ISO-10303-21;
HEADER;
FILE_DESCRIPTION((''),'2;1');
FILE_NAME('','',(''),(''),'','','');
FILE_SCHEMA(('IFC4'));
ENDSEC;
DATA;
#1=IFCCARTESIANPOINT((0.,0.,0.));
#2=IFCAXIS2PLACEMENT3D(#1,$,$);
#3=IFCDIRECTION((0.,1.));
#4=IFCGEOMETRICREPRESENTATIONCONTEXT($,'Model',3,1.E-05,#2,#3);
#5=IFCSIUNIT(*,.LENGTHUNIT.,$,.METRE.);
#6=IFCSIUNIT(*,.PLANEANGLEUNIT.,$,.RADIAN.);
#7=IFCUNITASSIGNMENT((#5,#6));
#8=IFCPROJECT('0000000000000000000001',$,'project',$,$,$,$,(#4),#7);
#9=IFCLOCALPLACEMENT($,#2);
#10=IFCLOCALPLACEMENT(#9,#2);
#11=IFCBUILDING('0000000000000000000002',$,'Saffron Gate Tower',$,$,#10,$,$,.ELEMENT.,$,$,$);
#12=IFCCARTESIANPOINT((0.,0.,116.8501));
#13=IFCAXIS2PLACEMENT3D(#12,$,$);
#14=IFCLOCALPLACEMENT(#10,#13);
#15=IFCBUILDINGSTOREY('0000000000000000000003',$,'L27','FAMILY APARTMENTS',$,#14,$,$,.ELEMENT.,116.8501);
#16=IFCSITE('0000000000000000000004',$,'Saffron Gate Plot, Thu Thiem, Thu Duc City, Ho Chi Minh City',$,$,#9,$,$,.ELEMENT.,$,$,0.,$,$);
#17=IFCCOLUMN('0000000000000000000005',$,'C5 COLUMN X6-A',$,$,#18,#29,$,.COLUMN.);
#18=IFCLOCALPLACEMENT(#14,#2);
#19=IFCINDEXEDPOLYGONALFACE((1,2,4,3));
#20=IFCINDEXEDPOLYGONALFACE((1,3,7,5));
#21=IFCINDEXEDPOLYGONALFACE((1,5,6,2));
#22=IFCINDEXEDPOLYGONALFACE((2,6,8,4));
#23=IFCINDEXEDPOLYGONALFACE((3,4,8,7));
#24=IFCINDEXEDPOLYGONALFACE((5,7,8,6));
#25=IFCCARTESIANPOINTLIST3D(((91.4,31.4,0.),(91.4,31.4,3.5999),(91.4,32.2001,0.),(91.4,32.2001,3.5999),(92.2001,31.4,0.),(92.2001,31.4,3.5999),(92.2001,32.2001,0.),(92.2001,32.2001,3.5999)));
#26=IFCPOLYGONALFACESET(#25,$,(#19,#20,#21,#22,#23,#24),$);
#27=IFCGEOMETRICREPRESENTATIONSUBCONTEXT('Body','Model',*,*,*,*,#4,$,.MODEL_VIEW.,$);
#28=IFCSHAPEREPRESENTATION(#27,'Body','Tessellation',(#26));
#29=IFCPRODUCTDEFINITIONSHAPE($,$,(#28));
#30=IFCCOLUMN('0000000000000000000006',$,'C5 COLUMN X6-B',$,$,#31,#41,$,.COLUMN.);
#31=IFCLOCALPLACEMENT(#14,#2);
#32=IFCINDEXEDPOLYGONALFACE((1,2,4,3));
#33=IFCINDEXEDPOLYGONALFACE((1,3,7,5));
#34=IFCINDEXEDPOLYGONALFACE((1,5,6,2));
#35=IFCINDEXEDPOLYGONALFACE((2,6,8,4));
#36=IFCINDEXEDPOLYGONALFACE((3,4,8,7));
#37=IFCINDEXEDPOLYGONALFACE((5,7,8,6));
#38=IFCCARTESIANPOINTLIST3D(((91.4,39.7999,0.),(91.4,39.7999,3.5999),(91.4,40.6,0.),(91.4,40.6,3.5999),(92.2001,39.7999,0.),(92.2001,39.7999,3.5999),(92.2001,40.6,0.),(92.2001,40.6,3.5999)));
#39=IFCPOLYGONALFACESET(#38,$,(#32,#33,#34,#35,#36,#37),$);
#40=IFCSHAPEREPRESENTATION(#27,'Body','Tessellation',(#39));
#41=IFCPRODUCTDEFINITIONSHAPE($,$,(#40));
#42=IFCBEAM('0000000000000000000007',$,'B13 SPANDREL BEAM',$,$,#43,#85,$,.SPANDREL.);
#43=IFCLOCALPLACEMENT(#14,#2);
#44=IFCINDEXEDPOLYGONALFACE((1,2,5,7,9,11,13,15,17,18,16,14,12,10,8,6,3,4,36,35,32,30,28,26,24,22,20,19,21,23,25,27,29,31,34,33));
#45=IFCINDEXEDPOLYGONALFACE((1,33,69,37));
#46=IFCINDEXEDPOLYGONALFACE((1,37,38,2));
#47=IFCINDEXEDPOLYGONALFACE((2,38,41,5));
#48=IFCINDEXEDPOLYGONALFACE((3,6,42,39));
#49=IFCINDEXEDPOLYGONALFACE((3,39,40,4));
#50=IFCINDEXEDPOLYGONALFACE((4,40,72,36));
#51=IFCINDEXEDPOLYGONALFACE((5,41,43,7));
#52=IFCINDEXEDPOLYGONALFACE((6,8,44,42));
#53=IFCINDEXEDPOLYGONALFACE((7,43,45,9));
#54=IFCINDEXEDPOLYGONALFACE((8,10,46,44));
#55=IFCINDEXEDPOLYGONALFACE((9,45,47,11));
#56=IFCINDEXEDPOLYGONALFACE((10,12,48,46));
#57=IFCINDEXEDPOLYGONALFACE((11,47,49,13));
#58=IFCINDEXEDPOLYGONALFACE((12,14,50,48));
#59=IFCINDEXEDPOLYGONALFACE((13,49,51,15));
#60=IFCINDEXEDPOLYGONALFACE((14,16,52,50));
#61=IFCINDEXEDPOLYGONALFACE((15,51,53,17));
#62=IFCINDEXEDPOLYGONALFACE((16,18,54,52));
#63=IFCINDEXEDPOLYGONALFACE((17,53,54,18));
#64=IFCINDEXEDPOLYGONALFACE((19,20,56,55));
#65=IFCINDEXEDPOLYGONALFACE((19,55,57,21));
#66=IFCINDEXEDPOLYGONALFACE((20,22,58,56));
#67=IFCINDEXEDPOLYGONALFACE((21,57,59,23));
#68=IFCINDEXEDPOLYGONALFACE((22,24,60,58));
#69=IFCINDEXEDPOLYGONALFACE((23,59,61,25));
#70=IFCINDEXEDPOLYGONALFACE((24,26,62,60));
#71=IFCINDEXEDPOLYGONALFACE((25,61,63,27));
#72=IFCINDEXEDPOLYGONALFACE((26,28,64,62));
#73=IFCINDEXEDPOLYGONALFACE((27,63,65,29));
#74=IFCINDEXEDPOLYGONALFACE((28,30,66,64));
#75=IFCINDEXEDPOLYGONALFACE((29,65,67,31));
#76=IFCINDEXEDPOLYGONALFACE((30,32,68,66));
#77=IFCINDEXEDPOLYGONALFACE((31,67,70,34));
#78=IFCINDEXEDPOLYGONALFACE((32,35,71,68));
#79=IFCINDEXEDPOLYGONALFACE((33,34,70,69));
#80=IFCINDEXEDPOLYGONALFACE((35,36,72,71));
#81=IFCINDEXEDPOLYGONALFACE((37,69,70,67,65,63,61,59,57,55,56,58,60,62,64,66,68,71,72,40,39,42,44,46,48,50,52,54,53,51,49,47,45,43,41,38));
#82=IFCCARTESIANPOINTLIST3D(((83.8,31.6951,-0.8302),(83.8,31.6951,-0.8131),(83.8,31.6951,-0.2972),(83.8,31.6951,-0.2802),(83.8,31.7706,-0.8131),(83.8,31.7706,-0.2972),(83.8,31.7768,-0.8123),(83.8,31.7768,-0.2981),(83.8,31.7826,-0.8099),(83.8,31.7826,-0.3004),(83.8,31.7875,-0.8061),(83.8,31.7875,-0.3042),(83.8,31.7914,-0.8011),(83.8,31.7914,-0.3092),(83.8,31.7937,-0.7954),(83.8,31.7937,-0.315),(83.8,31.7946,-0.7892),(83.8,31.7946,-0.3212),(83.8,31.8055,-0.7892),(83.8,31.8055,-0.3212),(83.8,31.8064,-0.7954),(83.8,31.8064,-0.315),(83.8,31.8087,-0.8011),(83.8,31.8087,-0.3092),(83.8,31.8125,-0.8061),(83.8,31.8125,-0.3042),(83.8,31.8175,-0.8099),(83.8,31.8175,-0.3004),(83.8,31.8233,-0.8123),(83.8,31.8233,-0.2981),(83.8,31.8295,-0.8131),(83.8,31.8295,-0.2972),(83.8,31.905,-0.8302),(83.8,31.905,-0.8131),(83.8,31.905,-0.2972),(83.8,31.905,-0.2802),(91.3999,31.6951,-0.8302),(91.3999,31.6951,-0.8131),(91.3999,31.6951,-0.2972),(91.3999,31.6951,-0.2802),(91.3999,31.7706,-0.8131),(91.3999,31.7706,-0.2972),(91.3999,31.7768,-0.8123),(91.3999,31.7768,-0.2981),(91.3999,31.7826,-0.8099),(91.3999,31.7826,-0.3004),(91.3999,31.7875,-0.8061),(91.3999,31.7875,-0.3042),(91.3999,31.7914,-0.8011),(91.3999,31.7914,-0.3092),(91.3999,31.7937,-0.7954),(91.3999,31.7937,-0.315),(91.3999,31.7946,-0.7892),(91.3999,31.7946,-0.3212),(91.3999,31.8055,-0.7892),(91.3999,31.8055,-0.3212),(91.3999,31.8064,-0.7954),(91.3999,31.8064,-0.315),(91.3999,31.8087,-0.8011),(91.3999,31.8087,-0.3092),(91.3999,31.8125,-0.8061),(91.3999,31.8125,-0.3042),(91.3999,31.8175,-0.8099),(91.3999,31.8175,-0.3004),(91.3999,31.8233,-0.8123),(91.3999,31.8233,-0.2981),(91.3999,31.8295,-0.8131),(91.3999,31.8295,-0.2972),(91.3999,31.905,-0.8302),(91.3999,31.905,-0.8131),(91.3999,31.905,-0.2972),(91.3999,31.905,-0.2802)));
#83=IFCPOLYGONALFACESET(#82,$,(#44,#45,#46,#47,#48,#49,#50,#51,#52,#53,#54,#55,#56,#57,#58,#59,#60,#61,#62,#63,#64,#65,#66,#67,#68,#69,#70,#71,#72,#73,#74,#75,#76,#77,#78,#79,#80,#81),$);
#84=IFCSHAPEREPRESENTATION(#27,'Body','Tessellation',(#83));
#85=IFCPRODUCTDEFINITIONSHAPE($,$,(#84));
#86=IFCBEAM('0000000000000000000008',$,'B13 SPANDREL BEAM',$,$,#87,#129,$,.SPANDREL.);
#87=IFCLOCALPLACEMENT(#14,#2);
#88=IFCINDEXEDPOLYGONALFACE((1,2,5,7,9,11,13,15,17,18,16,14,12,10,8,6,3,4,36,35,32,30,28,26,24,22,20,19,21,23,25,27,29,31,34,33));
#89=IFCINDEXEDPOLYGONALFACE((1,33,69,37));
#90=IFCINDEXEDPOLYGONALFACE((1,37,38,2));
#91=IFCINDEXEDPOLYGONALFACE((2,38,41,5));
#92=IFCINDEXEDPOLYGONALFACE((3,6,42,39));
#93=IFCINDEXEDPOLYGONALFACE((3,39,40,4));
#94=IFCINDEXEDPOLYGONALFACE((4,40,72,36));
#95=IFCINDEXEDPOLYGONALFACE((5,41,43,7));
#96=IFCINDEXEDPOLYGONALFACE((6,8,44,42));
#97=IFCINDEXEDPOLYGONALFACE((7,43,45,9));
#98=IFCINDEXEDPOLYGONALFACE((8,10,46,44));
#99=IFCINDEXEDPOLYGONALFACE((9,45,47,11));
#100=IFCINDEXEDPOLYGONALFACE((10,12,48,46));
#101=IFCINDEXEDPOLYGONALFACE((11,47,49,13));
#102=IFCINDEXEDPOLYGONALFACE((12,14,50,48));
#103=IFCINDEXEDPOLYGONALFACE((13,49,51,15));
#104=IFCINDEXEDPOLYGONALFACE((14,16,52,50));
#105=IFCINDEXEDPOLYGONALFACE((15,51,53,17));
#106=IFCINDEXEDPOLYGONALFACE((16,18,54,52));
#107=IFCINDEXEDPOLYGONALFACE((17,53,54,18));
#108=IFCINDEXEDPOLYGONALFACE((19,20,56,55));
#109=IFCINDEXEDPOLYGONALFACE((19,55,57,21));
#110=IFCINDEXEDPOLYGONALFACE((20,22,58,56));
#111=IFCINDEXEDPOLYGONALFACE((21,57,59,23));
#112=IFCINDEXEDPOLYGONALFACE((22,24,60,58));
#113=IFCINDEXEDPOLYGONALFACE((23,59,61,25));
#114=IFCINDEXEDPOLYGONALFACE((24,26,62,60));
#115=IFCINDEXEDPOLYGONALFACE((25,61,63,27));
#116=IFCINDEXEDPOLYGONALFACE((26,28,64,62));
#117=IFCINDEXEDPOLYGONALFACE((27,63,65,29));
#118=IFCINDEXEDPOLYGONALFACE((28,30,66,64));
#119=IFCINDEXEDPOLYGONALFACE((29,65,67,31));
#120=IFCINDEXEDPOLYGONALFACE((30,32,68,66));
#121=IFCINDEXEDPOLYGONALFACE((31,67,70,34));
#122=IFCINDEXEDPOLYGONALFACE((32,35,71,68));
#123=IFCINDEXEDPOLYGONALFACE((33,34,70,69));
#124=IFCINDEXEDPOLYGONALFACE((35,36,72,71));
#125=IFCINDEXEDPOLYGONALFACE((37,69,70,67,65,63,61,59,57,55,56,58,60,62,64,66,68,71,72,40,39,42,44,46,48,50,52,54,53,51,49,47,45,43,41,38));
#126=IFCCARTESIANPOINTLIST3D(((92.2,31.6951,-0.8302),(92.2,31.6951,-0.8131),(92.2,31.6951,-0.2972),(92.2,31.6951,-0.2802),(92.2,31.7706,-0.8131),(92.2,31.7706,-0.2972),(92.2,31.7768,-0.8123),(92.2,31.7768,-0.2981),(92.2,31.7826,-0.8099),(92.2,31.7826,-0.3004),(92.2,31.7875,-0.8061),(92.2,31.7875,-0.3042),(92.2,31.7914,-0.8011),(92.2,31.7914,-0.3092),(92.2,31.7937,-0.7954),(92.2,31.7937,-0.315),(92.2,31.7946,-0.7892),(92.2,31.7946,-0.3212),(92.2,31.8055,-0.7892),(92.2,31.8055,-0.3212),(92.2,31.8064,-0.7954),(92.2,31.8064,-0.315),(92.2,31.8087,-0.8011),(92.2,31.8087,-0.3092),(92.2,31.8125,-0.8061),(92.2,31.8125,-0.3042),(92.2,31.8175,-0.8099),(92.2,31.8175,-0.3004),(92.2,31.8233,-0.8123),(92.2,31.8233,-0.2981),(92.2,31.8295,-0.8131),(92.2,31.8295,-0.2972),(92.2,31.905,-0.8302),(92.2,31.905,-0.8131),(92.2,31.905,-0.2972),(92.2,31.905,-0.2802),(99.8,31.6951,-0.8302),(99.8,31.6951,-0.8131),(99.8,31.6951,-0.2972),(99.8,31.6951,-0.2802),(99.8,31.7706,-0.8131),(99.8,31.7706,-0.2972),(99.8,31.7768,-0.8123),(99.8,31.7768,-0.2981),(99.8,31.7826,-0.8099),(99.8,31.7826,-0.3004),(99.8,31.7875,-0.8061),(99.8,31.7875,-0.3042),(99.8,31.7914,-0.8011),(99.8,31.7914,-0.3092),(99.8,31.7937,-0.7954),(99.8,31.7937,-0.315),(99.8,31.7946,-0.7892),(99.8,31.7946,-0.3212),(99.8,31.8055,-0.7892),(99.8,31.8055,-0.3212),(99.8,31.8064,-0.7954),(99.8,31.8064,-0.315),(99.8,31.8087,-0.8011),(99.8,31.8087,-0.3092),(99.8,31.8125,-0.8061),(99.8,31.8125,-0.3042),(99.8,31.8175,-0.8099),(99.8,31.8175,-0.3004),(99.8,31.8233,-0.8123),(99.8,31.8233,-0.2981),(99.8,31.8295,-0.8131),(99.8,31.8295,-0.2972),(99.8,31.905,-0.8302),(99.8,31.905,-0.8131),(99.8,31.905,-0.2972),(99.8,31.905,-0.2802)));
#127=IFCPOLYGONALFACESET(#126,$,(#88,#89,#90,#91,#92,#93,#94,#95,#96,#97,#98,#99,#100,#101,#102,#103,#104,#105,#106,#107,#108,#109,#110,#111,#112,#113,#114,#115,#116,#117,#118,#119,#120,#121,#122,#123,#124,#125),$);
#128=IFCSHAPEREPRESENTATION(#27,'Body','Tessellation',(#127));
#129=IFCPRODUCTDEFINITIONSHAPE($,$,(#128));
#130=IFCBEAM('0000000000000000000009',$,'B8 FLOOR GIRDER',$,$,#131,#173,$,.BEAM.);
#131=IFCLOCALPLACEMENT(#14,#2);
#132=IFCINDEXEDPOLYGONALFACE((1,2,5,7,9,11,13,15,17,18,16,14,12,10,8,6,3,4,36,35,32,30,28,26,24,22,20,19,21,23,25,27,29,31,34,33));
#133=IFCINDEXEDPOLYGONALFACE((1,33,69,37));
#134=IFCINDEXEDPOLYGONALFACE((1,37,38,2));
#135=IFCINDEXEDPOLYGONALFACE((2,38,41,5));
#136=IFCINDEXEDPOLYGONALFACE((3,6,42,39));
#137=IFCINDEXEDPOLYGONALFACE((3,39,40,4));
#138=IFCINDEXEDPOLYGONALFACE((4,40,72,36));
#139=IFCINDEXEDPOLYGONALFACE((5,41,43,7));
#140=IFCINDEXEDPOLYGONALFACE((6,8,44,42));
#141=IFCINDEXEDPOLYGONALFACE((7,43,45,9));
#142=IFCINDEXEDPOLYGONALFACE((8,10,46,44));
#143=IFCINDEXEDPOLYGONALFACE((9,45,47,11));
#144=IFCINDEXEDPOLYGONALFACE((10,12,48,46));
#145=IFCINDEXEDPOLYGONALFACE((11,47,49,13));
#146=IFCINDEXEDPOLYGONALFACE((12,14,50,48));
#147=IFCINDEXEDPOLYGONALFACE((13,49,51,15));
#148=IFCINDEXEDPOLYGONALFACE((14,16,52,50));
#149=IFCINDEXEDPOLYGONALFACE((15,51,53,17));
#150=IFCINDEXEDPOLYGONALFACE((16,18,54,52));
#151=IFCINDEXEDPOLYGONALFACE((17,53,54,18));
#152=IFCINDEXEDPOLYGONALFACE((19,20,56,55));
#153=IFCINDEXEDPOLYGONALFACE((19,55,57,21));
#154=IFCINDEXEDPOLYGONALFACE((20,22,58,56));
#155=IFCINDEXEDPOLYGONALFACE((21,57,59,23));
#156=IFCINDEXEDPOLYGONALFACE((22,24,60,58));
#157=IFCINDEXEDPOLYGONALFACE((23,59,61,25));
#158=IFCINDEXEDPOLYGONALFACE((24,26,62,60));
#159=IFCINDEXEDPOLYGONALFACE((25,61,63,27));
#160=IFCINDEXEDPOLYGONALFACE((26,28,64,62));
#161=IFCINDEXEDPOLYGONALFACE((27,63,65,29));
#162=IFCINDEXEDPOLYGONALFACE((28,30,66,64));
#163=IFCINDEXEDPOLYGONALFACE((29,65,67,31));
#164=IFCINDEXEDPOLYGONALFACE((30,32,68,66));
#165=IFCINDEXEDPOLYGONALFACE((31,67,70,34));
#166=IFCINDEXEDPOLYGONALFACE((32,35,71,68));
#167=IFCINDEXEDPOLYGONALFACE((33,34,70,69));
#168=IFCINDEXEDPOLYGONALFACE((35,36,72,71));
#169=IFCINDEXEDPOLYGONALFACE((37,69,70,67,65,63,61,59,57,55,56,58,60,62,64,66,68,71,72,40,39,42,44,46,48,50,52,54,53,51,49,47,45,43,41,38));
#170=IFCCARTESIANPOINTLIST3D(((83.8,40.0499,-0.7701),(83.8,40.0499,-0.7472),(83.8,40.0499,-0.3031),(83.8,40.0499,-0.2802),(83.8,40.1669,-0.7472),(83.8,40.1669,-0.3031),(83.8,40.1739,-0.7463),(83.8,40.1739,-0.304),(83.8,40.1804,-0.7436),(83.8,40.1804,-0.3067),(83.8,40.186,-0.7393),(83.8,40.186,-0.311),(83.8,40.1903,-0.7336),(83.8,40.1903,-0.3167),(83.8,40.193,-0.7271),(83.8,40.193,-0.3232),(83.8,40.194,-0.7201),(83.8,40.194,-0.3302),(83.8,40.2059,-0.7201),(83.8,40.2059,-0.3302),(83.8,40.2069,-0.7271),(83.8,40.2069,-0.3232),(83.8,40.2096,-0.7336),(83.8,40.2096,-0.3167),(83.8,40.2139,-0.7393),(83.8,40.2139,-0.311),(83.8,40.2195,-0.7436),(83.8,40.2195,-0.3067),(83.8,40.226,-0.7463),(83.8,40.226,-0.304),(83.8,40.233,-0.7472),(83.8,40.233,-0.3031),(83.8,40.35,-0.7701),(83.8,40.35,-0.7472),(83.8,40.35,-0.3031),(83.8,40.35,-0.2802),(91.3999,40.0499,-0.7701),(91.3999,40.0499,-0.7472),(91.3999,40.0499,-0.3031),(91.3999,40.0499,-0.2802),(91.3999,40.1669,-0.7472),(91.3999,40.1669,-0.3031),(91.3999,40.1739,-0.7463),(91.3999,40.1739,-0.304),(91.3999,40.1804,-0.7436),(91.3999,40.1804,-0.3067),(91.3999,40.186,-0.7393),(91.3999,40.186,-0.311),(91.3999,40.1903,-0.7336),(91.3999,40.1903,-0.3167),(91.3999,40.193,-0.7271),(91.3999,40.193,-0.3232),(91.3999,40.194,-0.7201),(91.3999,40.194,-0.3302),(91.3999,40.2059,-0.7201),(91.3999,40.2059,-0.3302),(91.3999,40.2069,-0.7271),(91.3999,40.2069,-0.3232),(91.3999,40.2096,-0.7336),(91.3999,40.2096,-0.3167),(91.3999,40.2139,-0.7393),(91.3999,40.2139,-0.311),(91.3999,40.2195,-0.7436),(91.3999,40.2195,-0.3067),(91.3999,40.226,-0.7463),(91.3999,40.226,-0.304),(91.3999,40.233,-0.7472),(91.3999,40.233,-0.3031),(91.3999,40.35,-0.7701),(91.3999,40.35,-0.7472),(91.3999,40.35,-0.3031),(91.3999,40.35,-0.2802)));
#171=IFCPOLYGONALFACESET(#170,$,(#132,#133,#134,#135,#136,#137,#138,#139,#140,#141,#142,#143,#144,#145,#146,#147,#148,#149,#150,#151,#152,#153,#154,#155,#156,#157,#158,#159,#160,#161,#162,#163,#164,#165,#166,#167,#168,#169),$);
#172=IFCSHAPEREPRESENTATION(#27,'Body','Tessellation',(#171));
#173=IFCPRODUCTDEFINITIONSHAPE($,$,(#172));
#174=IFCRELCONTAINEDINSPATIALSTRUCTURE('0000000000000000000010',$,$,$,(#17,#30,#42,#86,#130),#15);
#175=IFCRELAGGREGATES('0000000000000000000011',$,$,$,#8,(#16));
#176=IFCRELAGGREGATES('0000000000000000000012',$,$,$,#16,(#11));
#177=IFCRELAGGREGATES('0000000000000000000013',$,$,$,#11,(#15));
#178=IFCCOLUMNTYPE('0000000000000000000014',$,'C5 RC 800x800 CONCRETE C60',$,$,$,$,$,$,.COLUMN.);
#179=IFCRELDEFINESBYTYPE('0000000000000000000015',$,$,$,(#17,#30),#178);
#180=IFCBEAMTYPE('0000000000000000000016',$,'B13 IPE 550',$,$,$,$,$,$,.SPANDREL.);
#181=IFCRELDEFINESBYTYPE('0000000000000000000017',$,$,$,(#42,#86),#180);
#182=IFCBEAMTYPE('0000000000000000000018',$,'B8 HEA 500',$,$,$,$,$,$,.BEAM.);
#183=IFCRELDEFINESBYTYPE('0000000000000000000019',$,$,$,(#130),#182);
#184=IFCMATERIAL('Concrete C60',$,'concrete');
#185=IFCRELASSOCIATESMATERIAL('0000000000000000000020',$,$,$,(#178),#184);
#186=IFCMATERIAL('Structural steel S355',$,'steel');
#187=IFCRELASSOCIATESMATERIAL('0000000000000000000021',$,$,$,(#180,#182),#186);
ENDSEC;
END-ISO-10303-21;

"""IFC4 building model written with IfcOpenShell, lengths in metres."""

from ifc_helpers import new_model, si_unit, direction, frame, origin, origin_2d, place, context, subcontext, project, spatial, rectangle, i_section, extrude, material, material_profile, profile_set, type_object, element, save


model = new_model("IFC4")

# Units and contexts
model_context = context("Model", 3, precision=1e-05, world=origin(), true_north=direction((0.0, 1.0)))
body_context = subcontext(model_context, "Body", "Model", "MODEL_VIEW")
ifc_project = project(units=[si_unit("LENGTHUNIT", "METRE"), si_unit("PLANEANGLEUNIT", "RADIAN")], contexts=[model_context])

# Site, building, storey
site_placement = place(None, origin())
site = spatial("IfcSite", under=ifc_project, at=site_placement, Name="Saffron Gate Plot, Thu Thiem, Thu Duc City, Ho Chi Minh City", CompositionType="ELEMENT", RefElevation=0.0)
building_placement = place(site_placement, origin())
building = spatial("IfcBuilding", under=site, at=building_placement, Name="Saffron Gate Tower", CompositionType="ELEMENT")
storey_placement = place(building_placement, frame((0.0, 0.0, 116.8501)))
storey = spatial("IfcBuildingStorey", under=building, at=storey_placement, Name="L27", Description="FAMILY APARTMENTS", CompositionType="ELEMENT", Elevation=116.8501)

# Columns
ifc_material_1 = material(Name="Concrete C60", Category="concrete")
ifc_material_profile_1 = material_profile(ifc_material_1, rectangle(XDim=0.8, YDim=0.8, at=origin_2d()))
ifc_profile_set_1 = profile_set([ifc_material_profile_1], Name="Concrete C60")
column_type = type_object("IfcColumnType", Name="C5 RC 800x800 CONCRETE C60", PredefinedType="COLUMN", material=ifc_profile_set_1)
for number, where, z_axis, x_axis, name in (
    (1, (91.8, 31.8, 0.0), (0.0, 0.0, 1.0), (1.0, 0.0, 0.0), "C5 COLUMN X6-A"),
    (2, (91.8, 40.2, 0.0), (0.0, 0.0, 1.0), (1.0, 0.0, 0.0), "C5 COLUMN X6-B"),
):
    element("IfcColumn", number, at=place(storey_placement, frame(where, z_axis=z_axis, x_axis=x_axis)), inside=storey, type_object=column_type, Name=name, PredefinedType="COLUMN", context=body_context, shape_type="SweptSolid", body=[
        extrude(rectangle(XDim=0.8, YDim=0.8, at=origin_2d()), origin(), (0.0, 0.0, 1.0), 3.5999),
    ])

# Beams
ifc_material_2 = material(Name="Structural steel S355", Category="steel")
ifc_material_profile_2 = material_profile(ifc_material_2, i_section(OverallWidth=0.21, OverallDepth=0.55, WebThickness=0.011, FlangeThickness=0.0171, FilletRadius=0.0239, at=origin_2d()))
ifc_profile_set_2 = profile_set([ifc_material_profile_2], Name="Structural steel S355")
beam_type_1 = type_object("IfcBeamType", Name="B13 IPE 550", PredefinedType="SPANDREL", material=ifc_profile_set_2)
beam_1_placement = place(storey_placement, frame((83.8, 31.8, -0.5552), z_axis=(1.0, 0.0, 0.0), x_axis=(0.0, 1.0, 0.0)))
element("IfcBeam", 3, at=beam_1_placement, inside=storey, type_object=beam_type_1, Name="B13 SPANDREL BEAM", PredefinedType="SPANDREL", context=body_context, shape_type="SweptSolid", body=[
    extrude(i_section(OverallWidth=0.21, OverallDepth=0.55, WebThickness=0.011, FlangeThickness=0.0171, FilletRadius=0.0239, at=origin_2d()), origin(), (0.0, 0.0, 1.0), 7.5999),
])
beam_2_placement = place(storey_placement, frame((92.2, 31.8, -0.5552), z_axis=(1.0, 0.0, 0.0), x_axis=(0.0, 1.0, 0.0)))
element("IfcBeam", 4, at=beam_2_placement, inside=storey, type_object=beam_type_1, Name="B13 SPANDREL BEAM", PredefinedType="SPANDREL", context=body_context, shape_type="SweptSolid", body=[
    extrude(i_section(OverallWidth=0.21, OverallDepth=0.55, WebThickness=0.011, FlangeThickness=0.0171, FilletRadius=0.0239, at=origin_2d()), origin(), (0.0, 0.0, 1.0), 7.6001),
])
ifc_material_profile_3 = material_profile(ifc_material_2, i_section(OverallWidth=0.3, OverallDepth=0.49, WebThickness=0.012, FlangeThickness=0.0229, FilletRadius=0.0271, at=origin_2d()))
ifc_profile_set_3 = profile_set([ifc_material_profile_3], Name="Structural steel S355")
beam_type_2 = type_object("IfcBeamType", Name="B8 HEA 500", PredefinedType="BEAM", material=ifc_profile_set_3)
beam_3_placement = place(storey_placement, frame((83.8, 40.2, -0.5251), z_axis=(1.0, 0.0, 0.0), x_axis=(0.0, 1.0, 0.0)))
element("IfcBeam", 5, at=beam_3_placement, inside=storey, type_object=beam_type_2, Name="B8 FLOOR GIRDER", PredefinedType="BEAM", context=body_context, shape_type="SweptSolid", body=[
    extrude(i_section(OverallWidth=0.3, OverallDepth=0.49, WebThickness=0.012, FlangeThickness=0.0229, FilletRadius=0.0271, at=origin_2d()), origin(), (0.0, 0.0, 1.0), 7.5999),
])

save(model, "model.ifc")
